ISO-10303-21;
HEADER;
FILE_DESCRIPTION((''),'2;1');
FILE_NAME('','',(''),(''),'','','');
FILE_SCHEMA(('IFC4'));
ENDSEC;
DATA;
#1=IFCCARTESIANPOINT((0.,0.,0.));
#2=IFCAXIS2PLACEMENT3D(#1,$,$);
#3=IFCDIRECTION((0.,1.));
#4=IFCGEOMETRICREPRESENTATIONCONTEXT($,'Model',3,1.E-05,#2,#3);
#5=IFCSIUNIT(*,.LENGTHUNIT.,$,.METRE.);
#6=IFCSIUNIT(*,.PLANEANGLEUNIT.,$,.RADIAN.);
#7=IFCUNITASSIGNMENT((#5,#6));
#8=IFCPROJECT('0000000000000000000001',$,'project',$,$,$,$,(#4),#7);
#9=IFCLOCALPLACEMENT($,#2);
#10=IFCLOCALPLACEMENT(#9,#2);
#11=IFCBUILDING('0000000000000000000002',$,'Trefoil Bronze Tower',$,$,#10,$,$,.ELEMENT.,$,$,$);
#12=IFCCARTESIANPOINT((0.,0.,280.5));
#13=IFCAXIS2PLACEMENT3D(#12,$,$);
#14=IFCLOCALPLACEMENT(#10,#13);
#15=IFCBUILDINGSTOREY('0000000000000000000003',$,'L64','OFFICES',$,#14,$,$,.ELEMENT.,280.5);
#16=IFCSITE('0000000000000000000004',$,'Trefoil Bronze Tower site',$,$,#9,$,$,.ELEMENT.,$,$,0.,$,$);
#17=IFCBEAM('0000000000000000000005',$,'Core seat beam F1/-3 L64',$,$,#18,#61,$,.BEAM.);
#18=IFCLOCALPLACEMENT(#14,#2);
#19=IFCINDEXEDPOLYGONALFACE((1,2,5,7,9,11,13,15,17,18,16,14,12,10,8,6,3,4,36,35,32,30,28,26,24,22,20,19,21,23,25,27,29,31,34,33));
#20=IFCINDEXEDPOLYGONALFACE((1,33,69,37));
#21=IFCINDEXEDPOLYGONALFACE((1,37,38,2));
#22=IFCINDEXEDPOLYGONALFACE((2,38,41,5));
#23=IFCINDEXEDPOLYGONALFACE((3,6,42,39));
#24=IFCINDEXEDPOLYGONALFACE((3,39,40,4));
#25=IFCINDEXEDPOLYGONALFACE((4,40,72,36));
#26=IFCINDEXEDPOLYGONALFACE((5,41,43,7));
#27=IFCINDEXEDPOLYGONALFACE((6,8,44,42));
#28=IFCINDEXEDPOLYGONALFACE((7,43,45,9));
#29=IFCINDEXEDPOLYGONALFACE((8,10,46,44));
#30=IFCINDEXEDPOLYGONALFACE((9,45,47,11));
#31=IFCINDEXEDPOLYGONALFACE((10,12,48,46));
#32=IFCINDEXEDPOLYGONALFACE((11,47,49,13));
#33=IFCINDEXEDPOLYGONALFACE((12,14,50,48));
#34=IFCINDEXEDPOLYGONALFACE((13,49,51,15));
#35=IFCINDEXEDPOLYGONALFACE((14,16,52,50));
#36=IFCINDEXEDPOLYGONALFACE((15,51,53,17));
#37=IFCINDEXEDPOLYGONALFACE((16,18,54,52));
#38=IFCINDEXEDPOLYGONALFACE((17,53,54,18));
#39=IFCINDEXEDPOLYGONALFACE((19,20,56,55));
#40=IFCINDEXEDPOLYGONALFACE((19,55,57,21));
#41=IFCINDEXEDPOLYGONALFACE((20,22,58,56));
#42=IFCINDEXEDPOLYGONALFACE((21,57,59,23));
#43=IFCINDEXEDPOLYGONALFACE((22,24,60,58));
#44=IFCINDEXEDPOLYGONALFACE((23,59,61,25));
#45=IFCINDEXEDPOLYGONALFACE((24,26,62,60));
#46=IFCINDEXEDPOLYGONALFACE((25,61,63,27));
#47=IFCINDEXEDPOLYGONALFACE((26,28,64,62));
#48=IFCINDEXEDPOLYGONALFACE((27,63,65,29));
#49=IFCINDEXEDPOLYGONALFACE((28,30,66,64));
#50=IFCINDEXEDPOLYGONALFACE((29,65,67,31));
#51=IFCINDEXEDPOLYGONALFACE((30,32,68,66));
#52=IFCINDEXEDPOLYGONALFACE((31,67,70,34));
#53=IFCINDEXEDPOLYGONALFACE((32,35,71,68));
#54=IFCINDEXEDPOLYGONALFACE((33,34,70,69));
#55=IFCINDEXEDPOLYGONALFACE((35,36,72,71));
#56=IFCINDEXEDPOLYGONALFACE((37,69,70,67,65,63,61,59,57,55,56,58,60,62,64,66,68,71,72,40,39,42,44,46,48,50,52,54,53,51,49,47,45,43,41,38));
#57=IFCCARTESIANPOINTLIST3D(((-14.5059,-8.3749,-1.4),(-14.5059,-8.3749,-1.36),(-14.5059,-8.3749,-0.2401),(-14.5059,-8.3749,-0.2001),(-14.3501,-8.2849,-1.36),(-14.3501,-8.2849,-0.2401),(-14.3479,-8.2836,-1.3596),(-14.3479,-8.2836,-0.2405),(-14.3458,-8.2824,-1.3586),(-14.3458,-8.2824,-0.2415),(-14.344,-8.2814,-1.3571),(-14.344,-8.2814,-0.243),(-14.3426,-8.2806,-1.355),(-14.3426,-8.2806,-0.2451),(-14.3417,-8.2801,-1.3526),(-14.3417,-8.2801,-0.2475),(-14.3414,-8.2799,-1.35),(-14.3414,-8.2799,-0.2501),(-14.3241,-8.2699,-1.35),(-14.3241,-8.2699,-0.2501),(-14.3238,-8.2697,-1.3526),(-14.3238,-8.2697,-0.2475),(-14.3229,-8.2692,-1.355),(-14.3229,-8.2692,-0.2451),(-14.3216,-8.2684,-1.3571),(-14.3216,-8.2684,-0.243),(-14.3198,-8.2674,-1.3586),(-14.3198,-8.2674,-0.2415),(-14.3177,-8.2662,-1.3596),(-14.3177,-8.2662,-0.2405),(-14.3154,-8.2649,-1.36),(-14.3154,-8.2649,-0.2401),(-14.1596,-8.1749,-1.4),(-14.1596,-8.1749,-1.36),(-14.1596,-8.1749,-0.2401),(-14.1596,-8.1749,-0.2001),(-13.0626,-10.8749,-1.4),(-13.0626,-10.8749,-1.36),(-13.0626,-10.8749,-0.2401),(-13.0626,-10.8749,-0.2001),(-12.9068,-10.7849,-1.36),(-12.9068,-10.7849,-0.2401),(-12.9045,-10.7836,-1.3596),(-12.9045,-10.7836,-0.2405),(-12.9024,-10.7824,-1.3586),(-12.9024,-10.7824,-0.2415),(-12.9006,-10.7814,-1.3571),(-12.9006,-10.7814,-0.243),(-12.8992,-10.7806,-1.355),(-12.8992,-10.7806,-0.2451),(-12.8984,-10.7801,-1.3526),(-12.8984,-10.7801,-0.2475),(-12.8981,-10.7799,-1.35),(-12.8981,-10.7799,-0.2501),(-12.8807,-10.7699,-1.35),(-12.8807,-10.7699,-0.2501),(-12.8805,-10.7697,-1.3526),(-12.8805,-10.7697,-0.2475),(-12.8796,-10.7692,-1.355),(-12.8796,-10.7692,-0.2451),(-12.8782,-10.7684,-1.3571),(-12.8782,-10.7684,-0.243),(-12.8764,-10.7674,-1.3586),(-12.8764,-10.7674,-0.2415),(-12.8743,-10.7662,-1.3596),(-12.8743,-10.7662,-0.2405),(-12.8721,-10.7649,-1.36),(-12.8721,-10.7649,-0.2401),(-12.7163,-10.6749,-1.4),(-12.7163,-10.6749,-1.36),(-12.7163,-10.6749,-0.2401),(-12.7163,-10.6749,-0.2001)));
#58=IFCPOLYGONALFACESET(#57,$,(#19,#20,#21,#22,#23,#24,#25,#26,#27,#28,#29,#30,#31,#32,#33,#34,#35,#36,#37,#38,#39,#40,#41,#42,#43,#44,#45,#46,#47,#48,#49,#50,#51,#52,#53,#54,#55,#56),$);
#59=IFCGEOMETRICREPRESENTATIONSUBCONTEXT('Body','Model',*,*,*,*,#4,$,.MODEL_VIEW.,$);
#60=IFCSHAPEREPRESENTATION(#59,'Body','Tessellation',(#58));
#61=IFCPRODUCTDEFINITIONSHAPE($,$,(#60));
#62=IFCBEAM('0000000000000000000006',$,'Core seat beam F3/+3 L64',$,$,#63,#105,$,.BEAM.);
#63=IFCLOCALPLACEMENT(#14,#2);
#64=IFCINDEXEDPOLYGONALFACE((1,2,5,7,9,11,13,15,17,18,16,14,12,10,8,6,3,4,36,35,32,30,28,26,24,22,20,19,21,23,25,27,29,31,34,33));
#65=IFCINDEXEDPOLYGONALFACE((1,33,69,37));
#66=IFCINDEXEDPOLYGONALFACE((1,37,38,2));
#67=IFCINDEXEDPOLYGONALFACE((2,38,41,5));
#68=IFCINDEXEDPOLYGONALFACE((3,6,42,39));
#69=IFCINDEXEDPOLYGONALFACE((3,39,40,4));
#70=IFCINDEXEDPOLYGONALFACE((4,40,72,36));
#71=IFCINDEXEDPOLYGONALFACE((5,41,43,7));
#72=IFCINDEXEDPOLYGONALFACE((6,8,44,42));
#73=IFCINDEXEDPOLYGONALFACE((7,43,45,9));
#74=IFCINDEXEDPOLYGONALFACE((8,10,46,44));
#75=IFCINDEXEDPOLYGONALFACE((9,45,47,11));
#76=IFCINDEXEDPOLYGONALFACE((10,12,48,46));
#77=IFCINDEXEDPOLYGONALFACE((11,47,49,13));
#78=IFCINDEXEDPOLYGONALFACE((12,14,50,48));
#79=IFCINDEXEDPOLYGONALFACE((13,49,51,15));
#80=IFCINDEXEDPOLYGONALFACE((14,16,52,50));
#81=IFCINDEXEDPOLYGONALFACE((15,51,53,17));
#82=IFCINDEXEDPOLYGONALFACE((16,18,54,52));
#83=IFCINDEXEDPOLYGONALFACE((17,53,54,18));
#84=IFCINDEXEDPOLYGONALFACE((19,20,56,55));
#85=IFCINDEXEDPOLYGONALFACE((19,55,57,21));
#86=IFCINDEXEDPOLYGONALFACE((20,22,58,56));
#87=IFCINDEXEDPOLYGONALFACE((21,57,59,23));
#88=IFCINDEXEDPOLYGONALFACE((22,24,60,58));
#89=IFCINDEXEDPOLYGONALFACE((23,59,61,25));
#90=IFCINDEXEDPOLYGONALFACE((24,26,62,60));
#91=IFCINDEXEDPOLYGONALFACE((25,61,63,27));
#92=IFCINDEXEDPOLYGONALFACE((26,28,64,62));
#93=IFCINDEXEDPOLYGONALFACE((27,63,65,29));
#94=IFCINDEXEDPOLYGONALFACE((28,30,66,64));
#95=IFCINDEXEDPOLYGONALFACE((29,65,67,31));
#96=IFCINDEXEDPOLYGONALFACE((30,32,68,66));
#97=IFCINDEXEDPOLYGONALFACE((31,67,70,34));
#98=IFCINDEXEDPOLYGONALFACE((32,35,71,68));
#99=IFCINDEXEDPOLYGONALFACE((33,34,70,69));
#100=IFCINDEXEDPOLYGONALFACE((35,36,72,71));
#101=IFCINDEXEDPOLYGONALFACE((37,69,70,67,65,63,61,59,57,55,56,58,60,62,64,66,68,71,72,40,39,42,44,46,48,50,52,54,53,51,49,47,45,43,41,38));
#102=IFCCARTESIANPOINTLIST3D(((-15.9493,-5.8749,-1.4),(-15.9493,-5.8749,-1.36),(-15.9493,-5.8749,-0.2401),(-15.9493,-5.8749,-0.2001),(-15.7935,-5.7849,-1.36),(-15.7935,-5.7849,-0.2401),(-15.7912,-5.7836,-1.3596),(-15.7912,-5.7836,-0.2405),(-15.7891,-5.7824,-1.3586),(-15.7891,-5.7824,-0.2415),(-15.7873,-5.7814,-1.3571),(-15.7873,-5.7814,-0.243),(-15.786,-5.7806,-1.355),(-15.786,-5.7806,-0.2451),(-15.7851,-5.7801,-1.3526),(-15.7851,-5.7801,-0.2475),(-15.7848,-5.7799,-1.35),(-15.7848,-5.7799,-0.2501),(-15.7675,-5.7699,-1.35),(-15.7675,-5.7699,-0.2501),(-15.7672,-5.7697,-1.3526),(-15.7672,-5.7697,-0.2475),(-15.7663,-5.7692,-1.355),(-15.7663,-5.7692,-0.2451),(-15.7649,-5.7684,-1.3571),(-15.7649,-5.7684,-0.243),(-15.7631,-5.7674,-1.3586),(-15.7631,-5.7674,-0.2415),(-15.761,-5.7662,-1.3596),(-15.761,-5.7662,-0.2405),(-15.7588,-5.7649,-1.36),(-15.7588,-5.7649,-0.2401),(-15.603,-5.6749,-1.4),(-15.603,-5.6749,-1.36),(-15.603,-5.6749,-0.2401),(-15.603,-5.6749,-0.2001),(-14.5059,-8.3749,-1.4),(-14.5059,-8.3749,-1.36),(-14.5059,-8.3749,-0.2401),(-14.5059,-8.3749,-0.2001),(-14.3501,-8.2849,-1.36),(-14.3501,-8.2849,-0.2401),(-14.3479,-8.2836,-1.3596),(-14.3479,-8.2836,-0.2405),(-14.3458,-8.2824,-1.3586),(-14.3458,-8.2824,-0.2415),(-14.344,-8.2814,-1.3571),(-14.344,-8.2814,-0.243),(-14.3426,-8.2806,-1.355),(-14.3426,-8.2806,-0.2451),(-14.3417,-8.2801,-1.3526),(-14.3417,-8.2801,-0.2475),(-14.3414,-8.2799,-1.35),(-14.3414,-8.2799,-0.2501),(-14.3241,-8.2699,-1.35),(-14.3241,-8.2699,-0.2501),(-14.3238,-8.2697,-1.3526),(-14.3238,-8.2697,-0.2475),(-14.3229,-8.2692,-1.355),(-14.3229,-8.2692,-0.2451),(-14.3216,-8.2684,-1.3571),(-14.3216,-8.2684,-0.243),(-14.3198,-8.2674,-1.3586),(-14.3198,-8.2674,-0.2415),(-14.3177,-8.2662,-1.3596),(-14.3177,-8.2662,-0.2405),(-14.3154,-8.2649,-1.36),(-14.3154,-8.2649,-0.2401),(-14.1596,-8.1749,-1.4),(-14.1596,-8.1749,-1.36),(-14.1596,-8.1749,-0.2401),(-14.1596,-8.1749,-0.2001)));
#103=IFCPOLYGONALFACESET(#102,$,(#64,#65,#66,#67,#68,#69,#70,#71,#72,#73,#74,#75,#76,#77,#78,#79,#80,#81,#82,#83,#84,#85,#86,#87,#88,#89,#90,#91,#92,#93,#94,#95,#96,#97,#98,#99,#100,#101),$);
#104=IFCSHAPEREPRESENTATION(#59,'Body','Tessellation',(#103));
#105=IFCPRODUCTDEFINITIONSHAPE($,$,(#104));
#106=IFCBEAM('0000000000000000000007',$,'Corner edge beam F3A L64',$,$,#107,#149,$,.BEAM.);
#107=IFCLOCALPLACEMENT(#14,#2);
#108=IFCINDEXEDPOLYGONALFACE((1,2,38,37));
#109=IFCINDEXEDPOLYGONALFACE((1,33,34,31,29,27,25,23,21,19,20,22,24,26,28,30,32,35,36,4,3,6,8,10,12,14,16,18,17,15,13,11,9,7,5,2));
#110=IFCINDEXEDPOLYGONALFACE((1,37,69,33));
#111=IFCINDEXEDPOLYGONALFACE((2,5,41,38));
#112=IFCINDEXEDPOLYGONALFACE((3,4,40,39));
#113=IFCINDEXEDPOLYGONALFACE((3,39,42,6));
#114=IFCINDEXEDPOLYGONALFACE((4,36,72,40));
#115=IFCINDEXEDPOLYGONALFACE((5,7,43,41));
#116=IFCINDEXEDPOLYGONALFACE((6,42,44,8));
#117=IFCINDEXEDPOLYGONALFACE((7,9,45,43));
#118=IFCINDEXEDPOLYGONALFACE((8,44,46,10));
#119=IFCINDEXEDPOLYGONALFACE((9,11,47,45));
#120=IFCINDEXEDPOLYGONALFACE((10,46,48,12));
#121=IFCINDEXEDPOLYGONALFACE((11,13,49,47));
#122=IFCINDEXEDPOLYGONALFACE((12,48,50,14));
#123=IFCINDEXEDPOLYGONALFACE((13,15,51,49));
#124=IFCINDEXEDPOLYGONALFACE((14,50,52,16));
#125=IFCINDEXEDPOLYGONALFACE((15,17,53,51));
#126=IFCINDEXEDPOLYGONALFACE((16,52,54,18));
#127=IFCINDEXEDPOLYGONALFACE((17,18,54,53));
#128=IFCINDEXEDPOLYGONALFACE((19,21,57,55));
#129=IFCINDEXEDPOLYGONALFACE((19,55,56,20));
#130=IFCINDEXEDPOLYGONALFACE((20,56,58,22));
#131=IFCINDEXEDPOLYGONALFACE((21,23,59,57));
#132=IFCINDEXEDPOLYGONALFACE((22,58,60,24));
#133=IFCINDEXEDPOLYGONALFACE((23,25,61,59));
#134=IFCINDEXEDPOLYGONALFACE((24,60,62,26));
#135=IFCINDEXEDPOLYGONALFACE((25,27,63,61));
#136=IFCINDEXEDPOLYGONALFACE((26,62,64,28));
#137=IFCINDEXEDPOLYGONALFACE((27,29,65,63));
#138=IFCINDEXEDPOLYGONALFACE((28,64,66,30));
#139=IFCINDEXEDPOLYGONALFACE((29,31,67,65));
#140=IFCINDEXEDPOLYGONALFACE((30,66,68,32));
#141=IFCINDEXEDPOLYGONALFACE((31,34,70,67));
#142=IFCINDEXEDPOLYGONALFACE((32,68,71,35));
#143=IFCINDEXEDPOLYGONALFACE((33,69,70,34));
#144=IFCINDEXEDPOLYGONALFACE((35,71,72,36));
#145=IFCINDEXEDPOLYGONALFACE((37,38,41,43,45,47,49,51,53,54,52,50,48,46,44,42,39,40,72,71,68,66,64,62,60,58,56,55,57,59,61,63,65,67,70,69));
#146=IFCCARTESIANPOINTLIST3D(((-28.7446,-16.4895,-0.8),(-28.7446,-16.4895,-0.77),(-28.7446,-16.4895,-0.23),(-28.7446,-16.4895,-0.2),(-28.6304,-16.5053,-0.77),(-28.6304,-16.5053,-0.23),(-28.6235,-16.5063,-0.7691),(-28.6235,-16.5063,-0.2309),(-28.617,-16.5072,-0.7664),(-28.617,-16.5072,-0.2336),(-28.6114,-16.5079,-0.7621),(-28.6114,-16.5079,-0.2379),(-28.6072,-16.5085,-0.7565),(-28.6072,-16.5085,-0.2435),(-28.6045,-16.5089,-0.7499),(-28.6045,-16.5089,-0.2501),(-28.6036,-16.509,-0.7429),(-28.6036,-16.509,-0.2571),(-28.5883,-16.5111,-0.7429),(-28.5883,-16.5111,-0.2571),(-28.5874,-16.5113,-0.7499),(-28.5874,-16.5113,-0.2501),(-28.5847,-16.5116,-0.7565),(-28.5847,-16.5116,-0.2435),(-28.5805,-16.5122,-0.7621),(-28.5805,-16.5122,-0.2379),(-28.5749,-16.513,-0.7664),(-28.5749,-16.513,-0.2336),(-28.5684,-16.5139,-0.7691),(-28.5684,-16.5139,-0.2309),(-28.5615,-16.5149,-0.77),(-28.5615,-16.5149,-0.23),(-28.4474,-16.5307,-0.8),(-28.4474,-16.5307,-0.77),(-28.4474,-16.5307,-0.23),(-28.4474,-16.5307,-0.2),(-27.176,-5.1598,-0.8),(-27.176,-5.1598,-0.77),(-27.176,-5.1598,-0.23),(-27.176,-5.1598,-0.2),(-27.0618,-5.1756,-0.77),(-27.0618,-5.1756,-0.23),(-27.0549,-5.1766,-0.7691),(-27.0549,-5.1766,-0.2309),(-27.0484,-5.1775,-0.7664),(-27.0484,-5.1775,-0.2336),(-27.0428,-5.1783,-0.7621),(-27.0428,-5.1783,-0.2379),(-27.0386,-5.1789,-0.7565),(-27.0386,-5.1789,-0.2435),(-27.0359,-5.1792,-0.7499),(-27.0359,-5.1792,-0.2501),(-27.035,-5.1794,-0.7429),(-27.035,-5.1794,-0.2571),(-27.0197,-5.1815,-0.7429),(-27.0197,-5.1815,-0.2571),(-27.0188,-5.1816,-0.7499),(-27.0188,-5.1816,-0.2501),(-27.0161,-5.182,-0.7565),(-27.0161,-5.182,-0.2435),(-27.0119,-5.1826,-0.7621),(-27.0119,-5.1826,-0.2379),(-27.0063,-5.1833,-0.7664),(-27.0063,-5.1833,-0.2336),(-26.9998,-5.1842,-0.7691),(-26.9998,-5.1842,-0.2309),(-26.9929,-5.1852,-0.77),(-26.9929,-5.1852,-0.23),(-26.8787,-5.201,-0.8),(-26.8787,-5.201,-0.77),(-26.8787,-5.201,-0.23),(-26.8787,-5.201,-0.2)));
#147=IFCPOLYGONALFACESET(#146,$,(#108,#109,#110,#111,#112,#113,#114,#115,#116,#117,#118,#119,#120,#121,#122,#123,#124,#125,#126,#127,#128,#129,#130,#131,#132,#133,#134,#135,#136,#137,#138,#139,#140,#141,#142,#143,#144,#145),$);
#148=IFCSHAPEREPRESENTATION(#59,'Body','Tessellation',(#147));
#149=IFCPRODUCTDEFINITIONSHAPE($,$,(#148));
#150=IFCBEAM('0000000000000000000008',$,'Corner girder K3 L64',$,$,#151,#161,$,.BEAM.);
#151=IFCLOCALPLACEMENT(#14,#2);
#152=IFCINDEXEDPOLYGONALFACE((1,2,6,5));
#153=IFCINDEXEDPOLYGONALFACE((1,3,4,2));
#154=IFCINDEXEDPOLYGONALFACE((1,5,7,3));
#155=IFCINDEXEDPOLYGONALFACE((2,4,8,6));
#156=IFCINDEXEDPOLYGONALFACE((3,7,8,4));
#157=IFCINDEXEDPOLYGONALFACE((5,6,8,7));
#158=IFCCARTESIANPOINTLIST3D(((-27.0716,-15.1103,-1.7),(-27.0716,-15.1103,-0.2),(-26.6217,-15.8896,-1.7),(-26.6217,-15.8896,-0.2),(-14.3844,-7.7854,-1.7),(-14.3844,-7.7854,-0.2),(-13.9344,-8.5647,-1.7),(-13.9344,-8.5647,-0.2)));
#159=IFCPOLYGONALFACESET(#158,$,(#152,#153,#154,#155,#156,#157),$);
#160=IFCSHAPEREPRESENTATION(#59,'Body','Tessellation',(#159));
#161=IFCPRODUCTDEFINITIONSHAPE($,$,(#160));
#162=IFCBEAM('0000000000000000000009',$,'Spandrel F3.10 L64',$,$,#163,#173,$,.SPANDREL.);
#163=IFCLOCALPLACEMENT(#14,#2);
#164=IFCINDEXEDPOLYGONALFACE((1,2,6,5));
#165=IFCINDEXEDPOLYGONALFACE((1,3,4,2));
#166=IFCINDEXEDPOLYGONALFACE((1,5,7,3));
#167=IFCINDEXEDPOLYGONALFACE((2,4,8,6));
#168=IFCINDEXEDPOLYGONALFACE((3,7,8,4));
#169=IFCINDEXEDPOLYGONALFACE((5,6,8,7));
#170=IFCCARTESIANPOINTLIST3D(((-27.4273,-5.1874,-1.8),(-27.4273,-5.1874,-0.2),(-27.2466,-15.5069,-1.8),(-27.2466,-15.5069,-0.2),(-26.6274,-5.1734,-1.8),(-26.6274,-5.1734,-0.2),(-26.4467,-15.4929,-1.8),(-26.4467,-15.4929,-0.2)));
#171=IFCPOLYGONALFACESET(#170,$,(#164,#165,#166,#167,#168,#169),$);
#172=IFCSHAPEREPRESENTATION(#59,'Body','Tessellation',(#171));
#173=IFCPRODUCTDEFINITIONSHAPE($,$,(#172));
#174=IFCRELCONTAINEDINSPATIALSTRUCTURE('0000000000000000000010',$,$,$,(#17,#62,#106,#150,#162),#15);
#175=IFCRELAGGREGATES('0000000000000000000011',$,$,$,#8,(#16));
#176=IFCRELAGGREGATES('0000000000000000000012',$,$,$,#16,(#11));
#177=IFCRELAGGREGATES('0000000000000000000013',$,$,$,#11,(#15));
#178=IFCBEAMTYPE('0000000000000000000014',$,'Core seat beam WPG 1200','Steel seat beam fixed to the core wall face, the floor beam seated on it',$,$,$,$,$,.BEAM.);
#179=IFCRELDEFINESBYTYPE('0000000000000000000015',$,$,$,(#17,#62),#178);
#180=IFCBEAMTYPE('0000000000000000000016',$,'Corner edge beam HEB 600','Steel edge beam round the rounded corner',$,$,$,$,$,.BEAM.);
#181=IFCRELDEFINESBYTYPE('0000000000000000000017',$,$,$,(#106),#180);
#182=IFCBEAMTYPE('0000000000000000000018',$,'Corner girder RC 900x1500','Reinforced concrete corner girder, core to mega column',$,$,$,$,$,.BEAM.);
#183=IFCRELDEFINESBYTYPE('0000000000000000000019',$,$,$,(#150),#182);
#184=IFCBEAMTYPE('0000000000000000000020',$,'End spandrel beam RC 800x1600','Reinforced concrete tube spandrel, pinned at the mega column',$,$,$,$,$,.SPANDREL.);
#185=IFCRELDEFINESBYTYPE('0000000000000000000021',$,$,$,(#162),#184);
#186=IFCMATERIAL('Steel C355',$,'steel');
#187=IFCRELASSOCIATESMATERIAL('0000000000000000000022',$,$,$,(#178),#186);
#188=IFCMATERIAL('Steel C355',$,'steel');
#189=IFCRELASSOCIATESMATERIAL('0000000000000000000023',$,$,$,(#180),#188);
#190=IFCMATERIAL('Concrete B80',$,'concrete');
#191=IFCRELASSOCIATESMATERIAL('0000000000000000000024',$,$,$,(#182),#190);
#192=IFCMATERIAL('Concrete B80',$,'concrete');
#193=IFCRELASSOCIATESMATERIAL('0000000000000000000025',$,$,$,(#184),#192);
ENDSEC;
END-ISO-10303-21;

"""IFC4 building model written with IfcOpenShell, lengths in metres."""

from ifc_helpers import new_model, si_unit, direction, frame, origin, origin_2d, place, context, subcontext, project, spatial, rectangle, i_section, extrude, material, material_profile, profile_set, type_object, element, save


model = new_model("IFC4")

# Units and contexts
model_context = context("Model", 3, precision=1e-05, world=origin(), true_north=direction((0.0, 1.0)))
body_context = subcontext(model_context, "Body", "Model", "MODEL_VIEW")
ifc_project = project(units=[si_unit("LENGTHUNIT", "METRE"), si_unit("PLANEANGLEUNIT", "RADIAN")], contexts=[model_context])

# Site, building, storey
site_placement = place(None, origin())
site = spatial("IfcSite", under=ifc_project, at=site_placement, Name="Trefoil Bronze Tower site", CompositionType="ELEMENT", RefElevation=0.0)
building_placement = place(site_placement, origin())
building = spatial("IfcBuilding", under=site, at=building_placement, Name="Trefoil Bronze Tower", CompositionType="ELEMENT")
storey_placement = place(building_placement, frame((0.0, 0.0, 280.5)))
storey = spatial("IfcBuildingStorey", under=building, at=storey_placement, Name="L64", Description="OFFICES", CompositionType="ELEMENT", Elevation=280.5)

# Beams
ifc_material_1 = material(Name="Steel C355", Category="steel")
ifc_material_profile_1 = material_profile(ifc_material_1, i_section(OverallWidth=0.3999, OverallDepth=1.2, WebThickness=0.02, FlangeThickness=0.04, FilletRadius=0.01, at=origin_2d()), Name="WPG 1200")
ifc_profile_set_1 = profile_set([ifc_material_profile_1], Name="Steel C355")
beam_type_1 = type_object("IfcBeamType", Name="Core seat beam WPG 1200", Description="Steel seat beam fixed to the core wall face, the floor beam seated on it", PredefinedType="BEAM", material=ifc_profile_set_1)
for number, where, z_axis, x_axis, name in (
    (1, (-14.3328, -8.2749, -0.8), (0.499996, -0.866028, 0.0), (0.866028, 0.499996, 0.0), "Core seat beam F1/-3 L64"),
    (2, (-15.7761, -5.7749, -0.8), (0.499996, -0.866028, 0.0), (0.866028, 0.499996, 0.0), "Core seat beam F3/+3 L64"),
):
    element("IfcBeam", number, at=place(storey_placement, frame(where, z_axis=z_axis, x_axis=x_axis)), inside=storey, type_object=beam_type_1, Name=name, PredefinedType="BEAM", context=body_context, shape_type="SweptSolid", body=[
        extrude(i_section(OverallWidth=0.3999, OverallDepth=1.2, WebThickness=0.02, FlangeThickness=0.04, FilletRadius=0.01, at=origin_2d()), origin(), (0.0, 0.0, 1.0), 2.8867),
    ])
ifc_material_2 = material(Name="Steel C355", Category="steel")
ifc_material_profile_2 = material_profile(ifc_material_2, i_section(OverallWidth=0.3, OverallDepth=0.6001, WebThickness=0.0154, FlangeThickness=0.03, FilletRadius=0.0271, at=origin_2d()), Name="HEB 600")
ifc_profile_set_2 = profile_set([ifc_material_profile_2], Name="Steel C355")
beam_type_2 = type_object("IfcBeamType", Name="Corner edge beam HEB 600", Description="Steel edge beam round the rounded corner", PredefinedType="BEAM", material=ifc_profile_set_2)
beam_1_placement = place(storey_placement, frame((-27.0273, -5.1804, -0.5), z_axis=(-0.137144, -0.990551, 0.0), x_axis=(0.990551, -0.137144, 0.0)))
element("IfcBeam", 3, at=beam_1_placement, inside=storey, type_object=beam_type_2, Name="Corner edge beam F3A L64", PredefinedType="BEAM", context=body_context, shape_type="SweptSolid", body=[
    extrude(i_section(OverallWidth=0.3, OverallDepth=0.6001, WebThickness=0.0154, FlangeThickness=0.03, FilletRadius=0.0271, at=origin_2d()), origin(), (0.0, 0.0, 1.0), 11.4377),
])
ifc_material_3 = material(Name="Concrete B80", Category="concrete")
ifc_material_profile_3 = material_profile(ifc_material_3, rectangle(XDim=0.8999, YDim=1.5, at=origin_2d()), Name="RC 900x1500")
ifc_profile_set_3 = profile_set([ifc_material_profile_3], Name="Concrete B80")
beam_type_3 = type_object("IfcBeamType", Name="Corner girder RC 900x1500", Description="Reinforced concrete corner girder, core to mega column", PredefinedType="BEAM", material=ifc_profile_set_3)
beam_2_placement = place(storey_placement, frame((-14.1594, -8.175, -0.95), z_axis=(-0.866027, -0.499998, 0.0), x_axis=(0.499998, -0.866027, 0.0)))
element("IfcBeam", 4, at=beam_2_placement, inside=storey, type_object=beam_type_3, Name="Corner girder K3 L64", PredefinedType="BEAM", context=body_context, shape_type="SweptSolid", body=[
    extrude(rectangle(XDim=0.8999, YDim=1.5, at=origin_2d()), origin(), (0.0, 0.0, 1.0), 14.6499),
])
ifc_material_4 = material(Name="Concrete B80", Category="concrete")
ifc_material_profile_4 = material_profile(ifc_material_4, rectangle(XDim=0.8, YDim=1.6001, at=origin_2d()), Name="RC 800x1600")
ifc_profile_set_4 = profile_set([ifc_material_profile_4], Name="Concrete B80")
beam_type_4 = type_object("IfcBeamType", Name="End spandrel beam RC 800x1600", Description="Reinforced concrete tube spandrel, pinned at the mega column", PredefinedType="SPANDREL", material=ifc_profile_set_4)
beam_3_placement = place(storey_placement, frame((-27.0273, -5.1804, -1.0), z_axis=(0.017504, -0.999847, 0.0), x_axis=(0.999847, 0.017504, 0.0)))
element("IfcBeam", 5, at=beam_3_placement, inside=storey, type_object=beam_type_4, Name="Spandrel F3.10 L64", PredefinedType="SPANDREL", context=body_context, shape_type="SweptSolid", body=[
    extrude(rectangle(XDim=0.8, YDim=1.6001, at=origin_2d()), origin(), (0.0, 0.0, 1.0), 10.321),
])

save(model, "model.ifc")
